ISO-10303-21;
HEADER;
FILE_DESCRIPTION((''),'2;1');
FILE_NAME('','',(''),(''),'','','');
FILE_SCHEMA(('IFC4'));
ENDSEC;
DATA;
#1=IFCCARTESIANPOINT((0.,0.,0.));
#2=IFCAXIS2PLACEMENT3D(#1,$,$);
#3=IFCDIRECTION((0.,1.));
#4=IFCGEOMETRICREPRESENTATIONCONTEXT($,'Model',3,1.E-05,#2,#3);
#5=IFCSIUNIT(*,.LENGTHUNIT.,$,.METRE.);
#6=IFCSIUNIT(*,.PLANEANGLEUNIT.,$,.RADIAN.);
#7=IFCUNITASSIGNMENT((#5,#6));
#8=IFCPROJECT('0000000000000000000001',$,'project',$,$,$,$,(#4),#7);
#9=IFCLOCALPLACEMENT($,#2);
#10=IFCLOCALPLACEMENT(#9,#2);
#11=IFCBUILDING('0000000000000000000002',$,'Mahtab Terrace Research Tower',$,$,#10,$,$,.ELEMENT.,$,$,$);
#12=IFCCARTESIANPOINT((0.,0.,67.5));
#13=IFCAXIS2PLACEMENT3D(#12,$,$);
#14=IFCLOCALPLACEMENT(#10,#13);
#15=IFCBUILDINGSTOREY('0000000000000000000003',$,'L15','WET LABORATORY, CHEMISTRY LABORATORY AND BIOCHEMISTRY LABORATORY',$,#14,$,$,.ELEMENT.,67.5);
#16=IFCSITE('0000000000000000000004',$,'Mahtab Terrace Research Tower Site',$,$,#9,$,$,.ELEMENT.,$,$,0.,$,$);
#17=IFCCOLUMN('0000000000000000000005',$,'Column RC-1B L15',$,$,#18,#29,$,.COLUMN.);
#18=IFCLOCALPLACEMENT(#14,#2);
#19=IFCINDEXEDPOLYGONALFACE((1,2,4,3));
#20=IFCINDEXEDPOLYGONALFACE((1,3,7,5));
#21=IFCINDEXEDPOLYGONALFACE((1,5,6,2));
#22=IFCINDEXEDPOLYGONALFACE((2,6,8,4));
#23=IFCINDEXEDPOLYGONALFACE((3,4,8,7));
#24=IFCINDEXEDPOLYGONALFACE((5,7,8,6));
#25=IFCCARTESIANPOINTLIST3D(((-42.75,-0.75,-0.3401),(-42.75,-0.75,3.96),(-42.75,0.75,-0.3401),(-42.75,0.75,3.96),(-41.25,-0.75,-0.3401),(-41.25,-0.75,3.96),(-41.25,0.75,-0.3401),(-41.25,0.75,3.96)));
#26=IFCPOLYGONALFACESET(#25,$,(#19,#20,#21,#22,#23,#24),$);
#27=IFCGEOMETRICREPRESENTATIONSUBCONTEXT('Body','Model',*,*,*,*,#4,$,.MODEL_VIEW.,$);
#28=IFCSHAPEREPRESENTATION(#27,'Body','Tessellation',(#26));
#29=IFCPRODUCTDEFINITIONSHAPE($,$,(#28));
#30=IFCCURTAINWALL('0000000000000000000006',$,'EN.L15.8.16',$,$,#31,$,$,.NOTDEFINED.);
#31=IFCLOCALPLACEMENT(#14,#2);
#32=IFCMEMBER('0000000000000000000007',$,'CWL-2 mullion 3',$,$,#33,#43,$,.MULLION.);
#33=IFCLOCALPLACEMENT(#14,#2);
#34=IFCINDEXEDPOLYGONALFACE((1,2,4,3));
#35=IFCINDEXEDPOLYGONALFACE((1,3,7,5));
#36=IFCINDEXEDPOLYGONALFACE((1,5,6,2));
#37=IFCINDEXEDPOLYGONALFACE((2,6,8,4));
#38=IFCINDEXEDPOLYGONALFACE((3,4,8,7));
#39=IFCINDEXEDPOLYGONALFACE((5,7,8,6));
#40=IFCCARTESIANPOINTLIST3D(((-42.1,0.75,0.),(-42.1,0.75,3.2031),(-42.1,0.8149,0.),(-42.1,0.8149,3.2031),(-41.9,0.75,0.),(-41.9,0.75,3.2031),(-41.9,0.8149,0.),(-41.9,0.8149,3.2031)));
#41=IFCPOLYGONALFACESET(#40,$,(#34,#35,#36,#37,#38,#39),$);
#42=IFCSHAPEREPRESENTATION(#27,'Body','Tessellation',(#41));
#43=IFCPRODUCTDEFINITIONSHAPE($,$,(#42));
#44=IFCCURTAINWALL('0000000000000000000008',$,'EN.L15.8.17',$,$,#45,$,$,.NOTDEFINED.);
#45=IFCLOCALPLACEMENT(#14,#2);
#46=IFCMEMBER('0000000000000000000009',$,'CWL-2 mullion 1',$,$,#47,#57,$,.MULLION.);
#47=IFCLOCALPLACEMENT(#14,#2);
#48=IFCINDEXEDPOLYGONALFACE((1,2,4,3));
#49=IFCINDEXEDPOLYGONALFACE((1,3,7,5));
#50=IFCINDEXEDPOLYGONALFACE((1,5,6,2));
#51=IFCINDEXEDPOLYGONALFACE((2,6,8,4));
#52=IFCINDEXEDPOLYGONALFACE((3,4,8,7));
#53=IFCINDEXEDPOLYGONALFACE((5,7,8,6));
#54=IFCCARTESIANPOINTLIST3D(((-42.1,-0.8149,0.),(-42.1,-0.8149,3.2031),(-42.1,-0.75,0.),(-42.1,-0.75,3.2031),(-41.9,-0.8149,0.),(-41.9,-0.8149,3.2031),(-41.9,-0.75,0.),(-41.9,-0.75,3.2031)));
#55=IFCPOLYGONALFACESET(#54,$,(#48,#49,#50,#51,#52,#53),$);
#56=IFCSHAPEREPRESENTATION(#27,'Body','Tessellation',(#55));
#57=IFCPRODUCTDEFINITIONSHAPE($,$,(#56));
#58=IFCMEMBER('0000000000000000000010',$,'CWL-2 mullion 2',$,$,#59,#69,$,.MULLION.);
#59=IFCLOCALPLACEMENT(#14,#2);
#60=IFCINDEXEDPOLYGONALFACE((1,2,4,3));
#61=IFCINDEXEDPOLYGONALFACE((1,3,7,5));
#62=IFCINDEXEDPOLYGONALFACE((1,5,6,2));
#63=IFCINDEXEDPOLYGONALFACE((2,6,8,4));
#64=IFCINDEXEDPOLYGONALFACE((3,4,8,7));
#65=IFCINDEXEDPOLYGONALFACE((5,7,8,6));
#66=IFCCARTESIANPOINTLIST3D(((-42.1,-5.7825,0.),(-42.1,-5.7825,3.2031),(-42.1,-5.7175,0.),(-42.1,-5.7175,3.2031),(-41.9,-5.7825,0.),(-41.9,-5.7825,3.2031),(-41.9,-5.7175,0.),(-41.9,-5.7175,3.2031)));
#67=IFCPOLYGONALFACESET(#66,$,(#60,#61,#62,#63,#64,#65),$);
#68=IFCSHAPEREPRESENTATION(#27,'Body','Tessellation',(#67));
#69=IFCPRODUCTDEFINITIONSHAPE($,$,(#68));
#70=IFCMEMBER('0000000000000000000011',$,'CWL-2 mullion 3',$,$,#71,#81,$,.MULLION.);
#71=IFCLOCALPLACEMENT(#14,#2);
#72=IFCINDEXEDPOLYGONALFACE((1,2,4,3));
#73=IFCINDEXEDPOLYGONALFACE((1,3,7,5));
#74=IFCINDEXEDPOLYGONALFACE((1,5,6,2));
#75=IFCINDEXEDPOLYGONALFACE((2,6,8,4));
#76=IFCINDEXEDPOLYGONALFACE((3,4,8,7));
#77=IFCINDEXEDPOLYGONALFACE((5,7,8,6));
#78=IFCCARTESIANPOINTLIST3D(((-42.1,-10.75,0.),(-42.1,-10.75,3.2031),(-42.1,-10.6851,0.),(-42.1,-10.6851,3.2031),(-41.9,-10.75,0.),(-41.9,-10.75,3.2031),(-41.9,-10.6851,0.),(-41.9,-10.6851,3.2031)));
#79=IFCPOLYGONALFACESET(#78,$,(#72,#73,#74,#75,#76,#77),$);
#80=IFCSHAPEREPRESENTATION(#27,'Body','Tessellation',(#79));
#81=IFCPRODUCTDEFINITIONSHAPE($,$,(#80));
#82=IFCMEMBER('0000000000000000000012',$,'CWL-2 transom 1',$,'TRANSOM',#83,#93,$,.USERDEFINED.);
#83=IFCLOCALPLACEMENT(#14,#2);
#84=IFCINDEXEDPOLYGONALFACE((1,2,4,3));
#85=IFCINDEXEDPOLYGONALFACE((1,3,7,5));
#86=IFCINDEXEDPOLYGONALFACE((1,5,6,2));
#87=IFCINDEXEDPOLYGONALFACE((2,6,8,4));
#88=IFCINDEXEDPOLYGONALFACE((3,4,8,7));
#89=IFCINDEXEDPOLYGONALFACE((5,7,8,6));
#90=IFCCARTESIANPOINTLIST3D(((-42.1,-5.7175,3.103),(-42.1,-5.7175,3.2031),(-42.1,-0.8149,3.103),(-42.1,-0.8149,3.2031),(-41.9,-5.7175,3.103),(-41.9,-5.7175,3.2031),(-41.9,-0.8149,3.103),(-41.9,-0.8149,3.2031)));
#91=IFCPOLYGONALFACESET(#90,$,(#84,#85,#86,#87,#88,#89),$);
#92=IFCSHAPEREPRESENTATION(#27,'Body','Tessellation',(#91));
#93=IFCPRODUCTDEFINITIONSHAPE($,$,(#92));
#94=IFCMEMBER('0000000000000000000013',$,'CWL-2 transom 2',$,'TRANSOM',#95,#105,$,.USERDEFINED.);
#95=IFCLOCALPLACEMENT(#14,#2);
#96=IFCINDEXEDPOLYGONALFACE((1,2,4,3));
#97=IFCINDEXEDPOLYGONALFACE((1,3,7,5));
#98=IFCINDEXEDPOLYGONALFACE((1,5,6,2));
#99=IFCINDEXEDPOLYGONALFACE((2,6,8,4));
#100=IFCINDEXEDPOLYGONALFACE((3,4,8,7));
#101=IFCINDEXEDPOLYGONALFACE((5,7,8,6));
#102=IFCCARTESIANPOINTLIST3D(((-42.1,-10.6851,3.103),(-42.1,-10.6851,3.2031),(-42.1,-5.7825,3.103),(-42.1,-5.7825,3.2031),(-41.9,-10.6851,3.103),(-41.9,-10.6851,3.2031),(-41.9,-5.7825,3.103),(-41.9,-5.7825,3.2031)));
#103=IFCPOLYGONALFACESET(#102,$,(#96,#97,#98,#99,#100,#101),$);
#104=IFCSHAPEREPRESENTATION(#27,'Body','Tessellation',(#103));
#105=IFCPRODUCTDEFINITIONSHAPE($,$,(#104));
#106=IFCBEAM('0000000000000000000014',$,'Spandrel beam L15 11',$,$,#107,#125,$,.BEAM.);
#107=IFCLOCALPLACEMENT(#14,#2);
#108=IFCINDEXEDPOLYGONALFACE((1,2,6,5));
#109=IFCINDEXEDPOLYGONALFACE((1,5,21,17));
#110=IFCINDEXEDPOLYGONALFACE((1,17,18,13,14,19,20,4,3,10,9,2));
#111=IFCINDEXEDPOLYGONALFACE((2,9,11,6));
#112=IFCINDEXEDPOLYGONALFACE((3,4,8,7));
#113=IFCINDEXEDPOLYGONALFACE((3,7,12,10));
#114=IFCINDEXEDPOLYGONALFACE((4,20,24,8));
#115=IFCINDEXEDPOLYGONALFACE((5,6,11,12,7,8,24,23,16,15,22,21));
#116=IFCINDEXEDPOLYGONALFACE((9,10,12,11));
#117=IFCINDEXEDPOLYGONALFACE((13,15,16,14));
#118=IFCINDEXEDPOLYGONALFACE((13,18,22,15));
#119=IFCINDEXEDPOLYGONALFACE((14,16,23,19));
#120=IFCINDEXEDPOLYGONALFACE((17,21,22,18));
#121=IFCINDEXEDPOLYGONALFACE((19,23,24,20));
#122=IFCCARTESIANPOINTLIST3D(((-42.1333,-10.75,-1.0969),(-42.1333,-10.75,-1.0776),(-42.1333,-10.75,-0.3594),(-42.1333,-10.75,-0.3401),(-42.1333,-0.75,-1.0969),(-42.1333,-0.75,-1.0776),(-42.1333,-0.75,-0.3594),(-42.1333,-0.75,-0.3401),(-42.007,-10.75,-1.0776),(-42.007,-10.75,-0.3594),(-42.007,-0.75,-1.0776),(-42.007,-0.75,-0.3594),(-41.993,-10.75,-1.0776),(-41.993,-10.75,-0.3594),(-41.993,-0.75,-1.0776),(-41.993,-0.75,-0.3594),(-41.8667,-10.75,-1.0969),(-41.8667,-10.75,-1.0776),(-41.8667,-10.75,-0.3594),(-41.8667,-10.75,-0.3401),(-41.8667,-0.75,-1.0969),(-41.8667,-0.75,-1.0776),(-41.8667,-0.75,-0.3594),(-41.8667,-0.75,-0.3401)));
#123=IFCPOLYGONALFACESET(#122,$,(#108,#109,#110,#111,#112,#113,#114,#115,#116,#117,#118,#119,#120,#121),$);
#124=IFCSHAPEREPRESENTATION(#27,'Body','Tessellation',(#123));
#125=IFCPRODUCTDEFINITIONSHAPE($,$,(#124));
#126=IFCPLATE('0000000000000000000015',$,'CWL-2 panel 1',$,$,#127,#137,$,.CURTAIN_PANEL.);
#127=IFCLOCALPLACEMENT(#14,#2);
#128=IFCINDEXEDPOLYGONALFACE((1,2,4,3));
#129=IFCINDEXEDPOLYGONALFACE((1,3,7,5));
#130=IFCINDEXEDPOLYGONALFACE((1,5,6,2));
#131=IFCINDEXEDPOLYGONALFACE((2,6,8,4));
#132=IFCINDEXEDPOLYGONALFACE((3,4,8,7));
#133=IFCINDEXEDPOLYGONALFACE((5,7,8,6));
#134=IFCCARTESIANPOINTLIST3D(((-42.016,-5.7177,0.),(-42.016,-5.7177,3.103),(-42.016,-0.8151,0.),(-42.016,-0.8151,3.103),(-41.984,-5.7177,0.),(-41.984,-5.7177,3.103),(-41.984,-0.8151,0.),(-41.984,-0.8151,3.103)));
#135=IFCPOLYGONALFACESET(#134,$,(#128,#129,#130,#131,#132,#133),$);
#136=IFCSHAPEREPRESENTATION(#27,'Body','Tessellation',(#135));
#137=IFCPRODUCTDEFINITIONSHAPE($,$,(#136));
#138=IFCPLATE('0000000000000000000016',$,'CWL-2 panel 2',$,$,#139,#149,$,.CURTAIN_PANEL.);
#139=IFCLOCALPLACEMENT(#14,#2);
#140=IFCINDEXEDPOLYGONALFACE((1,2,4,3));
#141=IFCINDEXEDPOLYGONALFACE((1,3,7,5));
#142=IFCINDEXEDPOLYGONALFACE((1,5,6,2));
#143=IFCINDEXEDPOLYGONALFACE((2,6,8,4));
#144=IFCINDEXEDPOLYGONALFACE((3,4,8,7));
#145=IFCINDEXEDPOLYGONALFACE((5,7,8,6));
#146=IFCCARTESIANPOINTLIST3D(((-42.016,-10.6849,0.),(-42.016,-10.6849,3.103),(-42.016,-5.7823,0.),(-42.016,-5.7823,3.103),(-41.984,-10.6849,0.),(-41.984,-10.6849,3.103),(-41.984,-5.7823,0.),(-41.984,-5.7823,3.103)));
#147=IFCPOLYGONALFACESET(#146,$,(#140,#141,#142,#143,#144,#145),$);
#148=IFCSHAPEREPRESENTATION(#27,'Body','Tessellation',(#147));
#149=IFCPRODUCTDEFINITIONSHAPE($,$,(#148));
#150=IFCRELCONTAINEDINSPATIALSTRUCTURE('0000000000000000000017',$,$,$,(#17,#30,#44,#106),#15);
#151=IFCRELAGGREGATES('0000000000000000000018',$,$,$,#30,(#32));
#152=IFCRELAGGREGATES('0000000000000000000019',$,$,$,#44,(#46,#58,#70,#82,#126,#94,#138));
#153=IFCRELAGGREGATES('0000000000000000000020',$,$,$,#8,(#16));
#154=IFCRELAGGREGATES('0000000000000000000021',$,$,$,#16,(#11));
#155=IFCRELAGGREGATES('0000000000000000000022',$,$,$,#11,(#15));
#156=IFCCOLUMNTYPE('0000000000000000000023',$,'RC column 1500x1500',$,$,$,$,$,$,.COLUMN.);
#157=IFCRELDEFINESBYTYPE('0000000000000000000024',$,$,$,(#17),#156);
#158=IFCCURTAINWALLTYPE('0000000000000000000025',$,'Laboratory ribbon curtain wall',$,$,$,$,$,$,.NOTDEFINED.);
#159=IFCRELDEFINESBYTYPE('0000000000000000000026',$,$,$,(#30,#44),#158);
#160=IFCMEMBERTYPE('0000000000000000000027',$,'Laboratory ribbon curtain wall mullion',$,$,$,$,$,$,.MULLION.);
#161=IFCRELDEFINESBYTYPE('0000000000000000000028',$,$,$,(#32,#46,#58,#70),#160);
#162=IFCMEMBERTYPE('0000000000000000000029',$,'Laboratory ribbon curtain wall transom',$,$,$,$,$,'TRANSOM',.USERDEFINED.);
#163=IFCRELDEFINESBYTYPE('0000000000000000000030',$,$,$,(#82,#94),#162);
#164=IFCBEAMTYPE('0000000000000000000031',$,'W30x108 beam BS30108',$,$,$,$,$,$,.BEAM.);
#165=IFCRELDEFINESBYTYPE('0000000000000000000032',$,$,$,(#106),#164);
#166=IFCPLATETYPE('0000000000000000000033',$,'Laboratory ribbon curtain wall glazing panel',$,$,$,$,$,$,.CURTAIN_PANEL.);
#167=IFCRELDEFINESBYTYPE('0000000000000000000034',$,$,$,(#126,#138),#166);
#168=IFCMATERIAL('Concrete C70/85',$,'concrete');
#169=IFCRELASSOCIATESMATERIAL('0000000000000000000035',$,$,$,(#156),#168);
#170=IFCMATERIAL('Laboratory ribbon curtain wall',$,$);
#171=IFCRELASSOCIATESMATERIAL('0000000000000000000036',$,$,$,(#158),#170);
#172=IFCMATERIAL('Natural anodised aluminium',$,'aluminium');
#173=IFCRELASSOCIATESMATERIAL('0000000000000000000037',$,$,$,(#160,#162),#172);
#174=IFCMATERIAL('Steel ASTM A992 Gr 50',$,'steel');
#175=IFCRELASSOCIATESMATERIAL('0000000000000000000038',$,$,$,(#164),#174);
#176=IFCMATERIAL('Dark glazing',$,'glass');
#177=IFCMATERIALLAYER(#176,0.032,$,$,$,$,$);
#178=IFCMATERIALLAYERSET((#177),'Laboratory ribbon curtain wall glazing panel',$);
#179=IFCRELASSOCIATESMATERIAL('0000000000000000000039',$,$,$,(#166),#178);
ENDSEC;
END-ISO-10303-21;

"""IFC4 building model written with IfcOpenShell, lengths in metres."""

from ifc_helpers import new_model, si_unit, direction, frame, origin, origin_2d, place, context, subcontext, project, spatial, rectangle, i_section, extrude, material, layer, layer_set, material_profile, profile_set, type_object, element, aggregate, save


model = new_model("IFC4")

# Units and contexts
model_context = context("Model", 3, precision=1e-05, world=origin(), true_north=direction((0.0, 1.0)))
body_context = subcontext(model_context, "Body", "Model", "MODEL_VIEW")
ifc_project = project(units=[si_unit("LENGTHUNIT", "METRE"), si_unit("PLANEANGLEUNIT", "RADIAN")], contexts=[model_context])

# Site, building, storey
site_placement = place(None, origin())
site = spatial("IfcSite", under=ifc_project, at=site_placement, Name="Mahtab Terrace Research Tower Site", CompositionType="ELEMENT", RefElevation=0.0)
building_placement = place(site_placement, origin())
building = spatial("IfcBuilding", under=site, at=building_placement, Name="Mahtab Terrace Research Tower", CompositionType="ELEMENT")
storey_placement = place(building_placement, frame((0.0, 0.0, 67.5)))
storey = spatial("IfcBuildingStorey", under=building, at=storey_placement, Name="L15", Description="WET LABORATORY, CHEMISTRY LABORATORY AND BIOCHEMISTRY LABORATORY", CompositionType="ELEMENT", Elevation=67.5)

# Column
ifc_material_1 = material(Name="Concrete C70/85", Category="concrete")
ifc_material_profile_1 = material_profile(ifc_material_1, rectangle(XDim=1.5, YDim=1.5, at=origin_2d()), Name="RC column 1500x1500")
ifc_profile_set_1 = profile_set([ifc_material_profile_1], Name="Concrete C70/85")
column_type = type_object("IfcColumnType", Name="RC column 1500x1500", PredefinedType="COLUMN", material=ifc_profile_set_1)
column_placement = place(storey_placement, frame((-42.0, 0.0, -0.3401), z_axis=(0.0, 0.0, 1.0), x_axis=(1.0, 0.0, 0.0)))
element("IfcColumn", 1, at=column_placement, inside=storey, type_object=column_type, Name="Column RC-1B L15", PredefinedType="COLUMN", context=body_context, shape_type="SweptSolid", body=[
    extrude(rectangle(XDim=1.5, YDim=1.5, at=origin_2d()), origin(), (0.0, 0.0, 1.0), 4.3),
])

# Curtain wall, member
ifc_material_2 = material(Name="Laboratory ribbon curtain wall")
curtain_wall_type = type_object("IfcCurtainWallType", Name="Laboratory ribbon curtain wall", PredefinedType="NOTDEFINED", material=ifc_material_2)
curtain_wall_1_placement = place(storey_placement, origin())
curtain_wall_1 = element("IfcCurtainWall", 2, at=curtain_wall_1_placement, inside=storey, type_object=curtain_wall_type, Name="EN.L15.8.16", PredefinedType="NOTDEFINED")
ifc_material_3 = material(Name="Natural anodised aluminium", Category="aluminium")
ifc_material_profile_2 = material_profile(ifc_material_3, rectangle(XDim=0.2, YDim=0.0649, at=origin_2d()), Name="MULLION 65x200")
ifc_profile_set_2 = profile_set([ifc_material_profile_2], Name="Natural anodised aluminium")
member_type_1 = type_object("IfcMemberType", Name="Laboratory ribbon curtain wall mullion", PredefinedType="MULLION", material=ifc_profile_set_2)
member_1_placement = place(storey_placement, frame((-42.0, 0.7825, 0.0), z_axis=(0.0, 0.0, 1.0), x_axis=(1.0, 0.0, 0.0)))
member_1 = element("IfcMember", 3, at=member_1_placement, type_object=member_type_1, Name="CWL-2 mullion 3", PredefinedType="MULLION", context=body_context, shape_type="SweptSolid", body=[
    extrude(rectangle(XDim=0.2, YDim=0.0649, at=origin_2d()), origin(), (0.0, 0.0, 1.0), 3.2031),
])
aggregate(curtain_wall_1, [member_1])

# Curtain wall, members
curtain_wall_2_placement = place(storey_placement, origin())
curtain_wall_2 = element("IfcCurtainWall", 4, at=curtain_wall_2_placement, inside=storey, type_object=curtain_wall_type, Name="EN.L15.8.17", PredefinedType="NOTDEFINED")
member_2_placement = place(storey_placement, frame((-42.0, -0.7825, 0.0), z_axis=(0.0, 0.0, 1.0), x_axis=(1.0, 0.0, 0.0)))
member_2 = element("IfcMember", 5, at=member_2_placement, type_object=member_type_1, Name="CWL-2 mullion 1", PredefinedType="MULLION", context=body_context, shape_type="SweptSolid", body=[
    extrude(rectangle(XDim=0.2, YDim=0.0649, at=origin_2d()), origin(), (0.0, 0.0, 1.0), 3.2031),
])
member_3_placement = place(storey_placement, frame((-42.0, -5.75, 0.0), z_axis=(0.0, 0.0, 1.0), x_axis=(1.0, 0.0, 0.0)))
member_3 = element("IfcMember", 6, at=member_3_placement, type_object=member_type_1, Name="CWL-2 mullion 2", PredefinedType="MULLION", context=body_context, shape_type="SweptSolid", body=[
    extrude(rectangle(XDim=0.2, YDim=0.0649, at=origin_2d()), origin(), (0.0, 0.0, 1.0), 3.2031),
])
member_4_placement = place(storey_placement, frame((-42.0, -10.7175, 0.0), z_axis=(0.0, 0.0, 1.0), x_axis=(1.0, 0.0, 0.0)))
member_4 = element("IfcMember", 7, at=member_4_placement, type_object=member_type_1, Name="CWL-2 mullion 3", PredefinedType="MULLION", context=body_context, shape_type="SweptSolid", body=[
    extrude(rectangle(XDim=0.2, YDim=0.0649, at=origin_2d()), origin(), (0.0, 0.0, 1.0), 3.2031),
])
ifc_material_profile_3 = material_profile(ifc_material_3, rectangle(XDim=0.2, YDim=0.1001, at=origin_2d()), Name="TRANSOM 100x200")
ifc_profile_set_3 = profile_set([ifc_material_profile_3], Name="Natural anodised aluminium")
member_type_2 = type_object("IfcMemberType", Name="Laboratory ribbon curtain wall transom", ElementType="TRANSOM", PredefinedType="USERDEFINED", material=ifc_profile_set_3)
member_5_placement = place(storey_placement, frame((-42.0, -0.8149, 3.1531), z_axis=(0.0, -1.0, 0.0), x_axis=(1.0, 0.0, 0.0)))
member_5 = element("IfcMember", 8, at=member_5_placement, type_object=member_type_2, Name="CWL-2 transom 1", ObjectType="TRANSOM", PredefinedType="USERDEFINED", context=body_context, shape_type="SweptSolid", body=[
    extrude(rectangle(XDim=0.2, YDim=0.1001, at=origin_2d()), origin(), (0.0, 0.0, 1.0), 4.9026),
])
member_6_placement = place(storey_placement, frame((-42.0, -5.7825, 3.1531), z_axis=(0.0, -1.0, 0.0), x_axis=(1.0, 0.0, 0.0)))
member_6 = element("IfcMember", 9, at=member_6_placement, type_object=member_type_2, Name="CWL-2 transom 2", ObjectType="TRANSOM", PredefinedType="USERDEFINED", context=body_context, shape_type="SweptSolid", body=[
    extrude(rectangle(XDim=0.2, YDim=0.1001, at=origin_2d()), origin(), (0.0, 0.0, 1.0), 4.9026),
])

# Beam
ifc_material_4 = material(Name="Steel ASTM A992 Gr 50", Category="steel")
ifc_material_profile_4 = material_profile(ifc_material_4, i_section(OverallWidth=0.2666, OverallDepth=0.7568, WebThickness=0.0139, FlangeThickness=0.0193, at=origin_2d()), Name="W30X108")
ifc_profile_set_4 = profile_set([ifc_material_profile_4], Name="Steel ASTM A992 Gr 50")
beam_type = type_object("IfcBeamType", Name="W30x108 beam BS30108", PredefinedType="BEAM", material=ifc_profile_set_4)
beam_placement = place(storey_placement, frame((-42.0, -0.75, -0.7185), z_axis=(0.0, -1.0, 0.0), x_axis=(1.0, 0.0, 0.0)))
element("IfcBeam", 10, at=beam_placement, inside=storey, type_object=beam_type, Name="Spandrel beam L15 11", PredefinedType="BEAM", context=body_context, shape_type="SweptSolid", body=[
    extrude(i_section(OverallWidth=0.2666, OverallDepth=0.7568, WebThickness=0.0139, FlangeThickness=0.0193, at=origin_2d()), origin(), (0.0, 0.0, 1.0), 10.0),
])

# Plates
ifc_material_5 = material(Name="Dark glazing", Category="glass")
ifc_layer_1 = layer(ifc_material_5, 0.032)
ifc_layer_set_1 = layer_set([ifc_layer_1], Name="Laboratory ribbon curtain wall glazing panel")
plate_type = type_object("IfcPlateType", Name="Laboratory ribbon curtain wall glazing panel", PredefinedType="CURTAIN_PANEL", material=ifc_layer_set_1)
plate_1_placement = place(storey_placement, frame((-42.0, -3.2664, 0.0), z_axis=(0.0, 0.0, 1.0), x_axis=(0.0, -1.0, 0.0)))
plate_1 = element("IfcPlate", 11, at=plate_1_placement, type_object=plate_type, Name="CWL-2 panel 1", PredefinedType="CURTAIN_PANEL", context=body_context, shape_type="SweptSolid", body=[
    extrude(rectangle(XDim=4.9026, YDim=0.032, at=origin_2d()), origin(), (0.0, 0.0, 1.0), 3.103),
])
plate_2_placement = place(storey_placement, frame((-42.0, -8.2336, 0.0), z_axis=(0.0, 0.0, 1.0), x_axis=(0.0, -1.0, 0.0)))
plate_2 = element("IfcPlate", 12, at=plate_2_placement, type_object=plate_type, Name="CWL-2 panel 2", PredefinedType="CURTAIN_PANEL", context=body_context, shape_type="SweptSolid", body=[
    extrude(rectangle(XDim=4.9026, YDim=0.032, at=origin_2d()), origin(), (0.0, 0.0, 1.0), 3.103),
])
aggregate(curtain_wall_2, [member_2, member_3, member_4, member_5, plate_1, member_6, plate_2])

save(model, "model.ifc")
